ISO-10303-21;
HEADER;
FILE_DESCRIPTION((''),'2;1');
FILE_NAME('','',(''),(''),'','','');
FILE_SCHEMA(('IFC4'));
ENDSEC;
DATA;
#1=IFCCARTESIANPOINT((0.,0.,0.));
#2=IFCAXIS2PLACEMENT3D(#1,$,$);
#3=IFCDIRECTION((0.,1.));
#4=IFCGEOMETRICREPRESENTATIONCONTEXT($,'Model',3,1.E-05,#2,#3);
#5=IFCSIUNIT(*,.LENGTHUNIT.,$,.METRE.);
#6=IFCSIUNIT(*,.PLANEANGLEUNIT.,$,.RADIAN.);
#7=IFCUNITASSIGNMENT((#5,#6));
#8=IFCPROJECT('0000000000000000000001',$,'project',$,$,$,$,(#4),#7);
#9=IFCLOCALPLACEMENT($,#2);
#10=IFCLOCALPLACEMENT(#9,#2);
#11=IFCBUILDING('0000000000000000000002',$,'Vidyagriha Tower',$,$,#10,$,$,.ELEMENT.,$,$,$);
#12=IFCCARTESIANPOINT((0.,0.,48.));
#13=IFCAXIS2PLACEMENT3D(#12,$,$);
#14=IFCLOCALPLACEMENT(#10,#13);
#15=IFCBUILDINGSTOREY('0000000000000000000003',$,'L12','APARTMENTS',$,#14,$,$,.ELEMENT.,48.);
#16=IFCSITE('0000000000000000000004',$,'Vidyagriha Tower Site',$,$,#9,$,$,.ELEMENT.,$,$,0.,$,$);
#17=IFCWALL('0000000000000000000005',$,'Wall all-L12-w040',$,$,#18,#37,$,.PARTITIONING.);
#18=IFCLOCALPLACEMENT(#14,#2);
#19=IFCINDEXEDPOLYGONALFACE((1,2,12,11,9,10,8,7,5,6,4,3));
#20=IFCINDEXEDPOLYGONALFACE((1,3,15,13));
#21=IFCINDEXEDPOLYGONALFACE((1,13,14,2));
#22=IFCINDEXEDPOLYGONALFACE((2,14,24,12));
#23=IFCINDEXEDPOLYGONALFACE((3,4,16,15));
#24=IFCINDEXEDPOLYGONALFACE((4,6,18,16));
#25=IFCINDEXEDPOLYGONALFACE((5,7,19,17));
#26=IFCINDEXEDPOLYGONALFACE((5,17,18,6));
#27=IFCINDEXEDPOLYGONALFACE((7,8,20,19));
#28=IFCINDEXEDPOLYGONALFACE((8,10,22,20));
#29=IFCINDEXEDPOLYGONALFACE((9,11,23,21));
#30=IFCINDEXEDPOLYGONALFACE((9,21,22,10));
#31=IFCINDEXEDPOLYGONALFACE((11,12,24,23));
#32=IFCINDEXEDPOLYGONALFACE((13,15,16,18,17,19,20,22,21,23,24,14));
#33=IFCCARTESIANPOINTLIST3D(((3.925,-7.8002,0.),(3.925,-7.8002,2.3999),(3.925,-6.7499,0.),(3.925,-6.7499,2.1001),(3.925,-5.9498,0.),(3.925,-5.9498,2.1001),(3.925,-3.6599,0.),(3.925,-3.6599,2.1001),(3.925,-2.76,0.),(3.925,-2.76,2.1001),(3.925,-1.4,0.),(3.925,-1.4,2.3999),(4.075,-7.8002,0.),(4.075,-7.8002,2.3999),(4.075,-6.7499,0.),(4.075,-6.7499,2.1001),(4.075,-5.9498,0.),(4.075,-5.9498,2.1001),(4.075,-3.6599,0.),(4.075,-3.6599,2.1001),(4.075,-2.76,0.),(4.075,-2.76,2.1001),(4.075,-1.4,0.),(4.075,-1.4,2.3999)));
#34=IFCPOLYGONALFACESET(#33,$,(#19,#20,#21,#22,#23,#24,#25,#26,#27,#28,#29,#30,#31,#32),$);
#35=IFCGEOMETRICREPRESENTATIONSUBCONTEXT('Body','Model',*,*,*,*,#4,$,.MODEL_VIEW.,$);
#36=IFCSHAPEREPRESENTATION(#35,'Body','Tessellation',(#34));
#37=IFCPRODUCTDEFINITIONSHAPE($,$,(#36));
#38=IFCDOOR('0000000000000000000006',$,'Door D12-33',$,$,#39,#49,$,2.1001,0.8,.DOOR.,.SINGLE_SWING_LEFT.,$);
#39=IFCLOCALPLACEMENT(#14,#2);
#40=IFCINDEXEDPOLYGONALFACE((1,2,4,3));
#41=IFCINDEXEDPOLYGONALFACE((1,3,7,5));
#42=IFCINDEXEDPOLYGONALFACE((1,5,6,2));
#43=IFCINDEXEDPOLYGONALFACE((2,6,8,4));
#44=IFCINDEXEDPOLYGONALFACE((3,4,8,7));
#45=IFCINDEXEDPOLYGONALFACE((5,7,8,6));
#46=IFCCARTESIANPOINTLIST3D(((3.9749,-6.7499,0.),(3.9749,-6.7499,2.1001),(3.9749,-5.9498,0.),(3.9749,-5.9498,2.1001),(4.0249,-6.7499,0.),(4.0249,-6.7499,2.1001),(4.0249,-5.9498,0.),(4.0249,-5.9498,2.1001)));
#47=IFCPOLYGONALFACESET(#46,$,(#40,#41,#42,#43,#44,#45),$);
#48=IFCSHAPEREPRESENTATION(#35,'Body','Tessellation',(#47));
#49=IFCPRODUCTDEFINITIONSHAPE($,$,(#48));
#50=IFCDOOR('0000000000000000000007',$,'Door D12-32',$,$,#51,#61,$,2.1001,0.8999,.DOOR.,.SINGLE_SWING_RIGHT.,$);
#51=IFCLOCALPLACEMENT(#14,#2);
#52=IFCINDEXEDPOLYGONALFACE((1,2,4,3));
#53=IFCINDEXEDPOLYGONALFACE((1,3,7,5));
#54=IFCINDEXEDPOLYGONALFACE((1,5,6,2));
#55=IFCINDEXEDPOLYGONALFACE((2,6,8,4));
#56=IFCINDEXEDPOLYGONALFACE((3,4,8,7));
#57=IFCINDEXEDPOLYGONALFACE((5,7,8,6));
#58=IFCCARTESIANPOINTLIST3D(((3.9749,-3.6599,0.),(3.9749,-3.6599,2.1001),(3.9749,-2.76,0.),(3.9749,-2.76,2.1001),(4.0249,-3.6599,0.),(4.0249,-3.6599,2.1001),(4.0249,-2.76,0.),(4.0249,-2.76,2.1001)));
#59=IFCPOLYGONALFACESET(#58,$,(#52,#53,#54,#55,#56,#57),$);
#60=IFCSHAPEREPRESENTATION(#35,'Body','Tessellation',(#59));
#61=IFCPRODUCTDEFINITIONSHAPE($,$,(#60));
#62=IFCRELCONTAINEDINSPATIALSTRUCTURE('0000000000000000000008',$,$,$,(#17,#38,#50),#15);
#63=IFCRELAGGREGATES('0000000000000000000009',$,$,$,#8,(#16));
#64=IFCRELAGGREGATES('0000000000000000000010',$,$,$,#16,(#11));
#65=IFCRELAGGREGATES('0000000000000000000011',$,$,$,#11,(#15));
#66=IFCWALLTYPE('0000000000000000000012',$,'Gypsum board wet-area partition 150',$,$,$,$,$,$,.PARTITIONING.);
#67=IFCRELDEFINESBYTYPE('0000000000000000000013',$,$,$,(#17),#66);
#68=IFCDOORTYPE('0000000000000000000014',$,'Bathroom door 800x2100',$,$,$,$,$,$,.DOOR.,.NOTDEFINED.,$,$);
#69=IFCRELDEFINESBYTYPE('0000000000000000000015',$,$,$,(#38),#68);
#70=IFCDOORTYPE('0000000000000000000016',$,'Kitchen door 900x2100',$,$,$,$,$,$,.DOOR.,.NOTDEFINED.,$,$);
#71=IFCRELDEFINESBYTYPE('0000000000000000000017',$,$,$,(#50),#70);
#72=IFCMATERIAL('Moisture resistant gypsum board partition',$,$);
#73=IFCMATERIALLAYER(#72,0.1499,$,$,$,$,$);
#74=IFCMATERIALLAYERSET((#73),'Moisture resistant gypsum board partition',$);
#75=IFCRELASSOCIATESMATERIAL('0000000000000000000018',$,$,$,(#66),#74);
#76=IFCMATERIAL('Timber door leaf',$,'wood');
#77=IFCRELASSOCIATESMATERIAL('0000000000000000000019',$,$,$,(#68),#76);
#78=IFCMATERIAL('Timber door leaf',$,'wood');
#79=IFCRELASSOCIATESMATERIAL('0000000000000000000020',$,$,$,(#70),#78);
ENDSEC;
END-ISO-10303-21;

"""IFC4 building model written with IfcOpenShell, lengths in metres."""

from ifc_helpers import new_model, si_unit, direction, frame, frame_2d, origin, place, context, subcontext, project, spatial, rectangle, extrude, material, layer, layer_set, type_object, element, fill, save


model = new_model("IFC4")

# Units and contexts
model_context = context("Model", 3, precision=1e-05, world=origin(), true_north=direction((0.0, 1.0)))
body_context = subcontext(model_context, "Body", "Model", "MODEL_VIEW")
ifc_project = project(units=[si_unit("LENGTHUNIT", "METRE"), si_unit("PLANEANGLEUNIT", "RADIAN")], contexts=[model_context])

# Site, building, storey
site_placement = place(None, origin())
site = spatial("IfcSite", under=ifc_project, at=site_placement, Name="Vidyagriha Tower Site", CompositionType="ELEMENT", RefElevation=0.0)
building_placement = place(site_placement, origin())
building = spatial("IfcBuilding", under=site, at=building_placement, Name="Vidyagriha Tower", CompositionType="ELEMENT")
storey_placement = place(building_placement, frame((0.0, 0.0, 48.0)))
storey = spatial("IfcBuildingStorey", under=building, at=storey_placement, Name="L12", Description="APARTMENTS", CompositionType="ELEMENT", Elevation=48.0)

# Wall, openings, doors
ifc_material_1 = material(Name="Moisture resistant gypsum board partition")
ifc_layer_1 = layer(ifc_material_1, 0.1499)
ifc_layer_set_1 = layer_set([ifc_layer_1], Name="Moisture resistant gypsum board partition")
wall_type_1 = type_object("IfcWallType", Name="Gypsum board wet-area partition 150", PredefinedType="PARTITIONING", material=ifc_layer_set_1)
ifc_material_2 = material(Name="Timber door leaf", Category="wood")
door_type_1 = type_object("IfcDoorType", Name="Bathroom door 800x2100", OperationType="NOTDEFINED", PredefinedType="DOOR", material=ifc_material_2)
ifc_material_3 = material(Name="Timber door leaf", Category="wood")
door_type_2 = type_object("IfcDoorType", Name="Kitchen door 900x2100", OperationType="NOTDEFINED", PredefinedType="DOOR", material=ifc_material_3)
wall_1_placement = place(storey_placement, frame((4.0, -1.3999, 0.0), z_axis=(0.0, 0.0, 1.0), x_axis=(0.0, -1.0, 0.0)))
wall_1 = element("IfcWall", 1, at=wall_1_placement, inside=storey, type_object=wall_type_1, Name="Wall all-L12-w040", PredefinedType="PARTITIONING", context=body_context, shape_type="SweptSolid", body=[
    extrude(rectangle(XDim=6.4001, YDim=0.1499, at=frame_2d((3.2002, 0.0))), origin(), (0.0, 0.0, 1.0), 2.3999),
])
opening_1_placement = place(wall_1_placement, frame((1.3601, 0.0, 0.0)))
opening_1 = element("IfcOpeningElement", 2, at=opening_1_placement, cuts=wall_1, PredefinedType="OPENING", context=body_context, shape_type="SweptSolid", body=[
    extrude(rectangle(XDim=0.8999, YDim=2.1001, at=frame_2d((0.45, 1.05))), frame((0.0, 0.085, 0.0), z_axis=(0.0, -1.0, 0.0), x_axis=(1.0, 0.0, 0.0)), (0.0, 0.0, 1.0), 0.1699),
])
opening_2_placement = place(wall_1_placement, frame((4.55, 0.0, 0.0)))
opening_2 = element("IfcOpeningElement", 3, at=opening_2_placement, cuts=wall_1, PredefinedType="OPENING", context=body_context, shape_type="SweptSolid", body=[
    extrude(rectangle(XDim=0.8, YDim=2.1001, at=frame_2d((0.3999, 1.05))), frame((0.0, 0.085, 0.0), z_axis=(0.0, -1.0, 0.0), x_axis=(1.0, 0.0, 0.0)), (0.0, 0.0, 1.0), 0.1699),
])
door_1_placement = place(opening_2_placement, origin())
door_1 = element("IfcDoor", 4, at=door_1_placement, inside=storey, type_object=door_type_1, Name="Door D12-33", OperationType="SINGLE_SWING_LEFT", OverallHeight=2.1001, OverallWidth=0.8, PredefinedType="DOOR", context=body_context, shape_type="SweptSolid", body=[
    extrude(rectangle(XDim=0.8, YDim=2.1001, at=frame_2d((0.3999, 1.05))), frame((0.0, 0.0249, 0.0), z_axis=(0.0, -1.0, 0.0), x_axis=(1.0, 0.0, 0.0)), (0.0, 0.0, 1.0), 0.05),
])
fill(opening_2, door_1)
door_2_placement = place(opening_1_placement, origin())
door_2 = element("IfcDoor", 5, at=door_2_placement, inside=storey, type_object=door_type_2, Name="Door D12-32", OperationType="SINGLE_SWING_RIGHT", OverallHeight=2.1001, OverallWidth=0.8999, PredefinedType="DOOR", context=body_context, shape_type="SweptSolid", body=[
    extrude(rectangle(XDim=0.8999, YDim=2.1001, at=frame_2d((0.45, 1.05))), frame((0.0, 0.0249, 0.0), z_axis=(0.0, -1.0, 0.0), x_axis=(1.0, 0.0, 0.0)), (0.0, 0.0, 1.0), 0.05),
])
fill(opening_1, door_2)

save(model, "model.ifc")
